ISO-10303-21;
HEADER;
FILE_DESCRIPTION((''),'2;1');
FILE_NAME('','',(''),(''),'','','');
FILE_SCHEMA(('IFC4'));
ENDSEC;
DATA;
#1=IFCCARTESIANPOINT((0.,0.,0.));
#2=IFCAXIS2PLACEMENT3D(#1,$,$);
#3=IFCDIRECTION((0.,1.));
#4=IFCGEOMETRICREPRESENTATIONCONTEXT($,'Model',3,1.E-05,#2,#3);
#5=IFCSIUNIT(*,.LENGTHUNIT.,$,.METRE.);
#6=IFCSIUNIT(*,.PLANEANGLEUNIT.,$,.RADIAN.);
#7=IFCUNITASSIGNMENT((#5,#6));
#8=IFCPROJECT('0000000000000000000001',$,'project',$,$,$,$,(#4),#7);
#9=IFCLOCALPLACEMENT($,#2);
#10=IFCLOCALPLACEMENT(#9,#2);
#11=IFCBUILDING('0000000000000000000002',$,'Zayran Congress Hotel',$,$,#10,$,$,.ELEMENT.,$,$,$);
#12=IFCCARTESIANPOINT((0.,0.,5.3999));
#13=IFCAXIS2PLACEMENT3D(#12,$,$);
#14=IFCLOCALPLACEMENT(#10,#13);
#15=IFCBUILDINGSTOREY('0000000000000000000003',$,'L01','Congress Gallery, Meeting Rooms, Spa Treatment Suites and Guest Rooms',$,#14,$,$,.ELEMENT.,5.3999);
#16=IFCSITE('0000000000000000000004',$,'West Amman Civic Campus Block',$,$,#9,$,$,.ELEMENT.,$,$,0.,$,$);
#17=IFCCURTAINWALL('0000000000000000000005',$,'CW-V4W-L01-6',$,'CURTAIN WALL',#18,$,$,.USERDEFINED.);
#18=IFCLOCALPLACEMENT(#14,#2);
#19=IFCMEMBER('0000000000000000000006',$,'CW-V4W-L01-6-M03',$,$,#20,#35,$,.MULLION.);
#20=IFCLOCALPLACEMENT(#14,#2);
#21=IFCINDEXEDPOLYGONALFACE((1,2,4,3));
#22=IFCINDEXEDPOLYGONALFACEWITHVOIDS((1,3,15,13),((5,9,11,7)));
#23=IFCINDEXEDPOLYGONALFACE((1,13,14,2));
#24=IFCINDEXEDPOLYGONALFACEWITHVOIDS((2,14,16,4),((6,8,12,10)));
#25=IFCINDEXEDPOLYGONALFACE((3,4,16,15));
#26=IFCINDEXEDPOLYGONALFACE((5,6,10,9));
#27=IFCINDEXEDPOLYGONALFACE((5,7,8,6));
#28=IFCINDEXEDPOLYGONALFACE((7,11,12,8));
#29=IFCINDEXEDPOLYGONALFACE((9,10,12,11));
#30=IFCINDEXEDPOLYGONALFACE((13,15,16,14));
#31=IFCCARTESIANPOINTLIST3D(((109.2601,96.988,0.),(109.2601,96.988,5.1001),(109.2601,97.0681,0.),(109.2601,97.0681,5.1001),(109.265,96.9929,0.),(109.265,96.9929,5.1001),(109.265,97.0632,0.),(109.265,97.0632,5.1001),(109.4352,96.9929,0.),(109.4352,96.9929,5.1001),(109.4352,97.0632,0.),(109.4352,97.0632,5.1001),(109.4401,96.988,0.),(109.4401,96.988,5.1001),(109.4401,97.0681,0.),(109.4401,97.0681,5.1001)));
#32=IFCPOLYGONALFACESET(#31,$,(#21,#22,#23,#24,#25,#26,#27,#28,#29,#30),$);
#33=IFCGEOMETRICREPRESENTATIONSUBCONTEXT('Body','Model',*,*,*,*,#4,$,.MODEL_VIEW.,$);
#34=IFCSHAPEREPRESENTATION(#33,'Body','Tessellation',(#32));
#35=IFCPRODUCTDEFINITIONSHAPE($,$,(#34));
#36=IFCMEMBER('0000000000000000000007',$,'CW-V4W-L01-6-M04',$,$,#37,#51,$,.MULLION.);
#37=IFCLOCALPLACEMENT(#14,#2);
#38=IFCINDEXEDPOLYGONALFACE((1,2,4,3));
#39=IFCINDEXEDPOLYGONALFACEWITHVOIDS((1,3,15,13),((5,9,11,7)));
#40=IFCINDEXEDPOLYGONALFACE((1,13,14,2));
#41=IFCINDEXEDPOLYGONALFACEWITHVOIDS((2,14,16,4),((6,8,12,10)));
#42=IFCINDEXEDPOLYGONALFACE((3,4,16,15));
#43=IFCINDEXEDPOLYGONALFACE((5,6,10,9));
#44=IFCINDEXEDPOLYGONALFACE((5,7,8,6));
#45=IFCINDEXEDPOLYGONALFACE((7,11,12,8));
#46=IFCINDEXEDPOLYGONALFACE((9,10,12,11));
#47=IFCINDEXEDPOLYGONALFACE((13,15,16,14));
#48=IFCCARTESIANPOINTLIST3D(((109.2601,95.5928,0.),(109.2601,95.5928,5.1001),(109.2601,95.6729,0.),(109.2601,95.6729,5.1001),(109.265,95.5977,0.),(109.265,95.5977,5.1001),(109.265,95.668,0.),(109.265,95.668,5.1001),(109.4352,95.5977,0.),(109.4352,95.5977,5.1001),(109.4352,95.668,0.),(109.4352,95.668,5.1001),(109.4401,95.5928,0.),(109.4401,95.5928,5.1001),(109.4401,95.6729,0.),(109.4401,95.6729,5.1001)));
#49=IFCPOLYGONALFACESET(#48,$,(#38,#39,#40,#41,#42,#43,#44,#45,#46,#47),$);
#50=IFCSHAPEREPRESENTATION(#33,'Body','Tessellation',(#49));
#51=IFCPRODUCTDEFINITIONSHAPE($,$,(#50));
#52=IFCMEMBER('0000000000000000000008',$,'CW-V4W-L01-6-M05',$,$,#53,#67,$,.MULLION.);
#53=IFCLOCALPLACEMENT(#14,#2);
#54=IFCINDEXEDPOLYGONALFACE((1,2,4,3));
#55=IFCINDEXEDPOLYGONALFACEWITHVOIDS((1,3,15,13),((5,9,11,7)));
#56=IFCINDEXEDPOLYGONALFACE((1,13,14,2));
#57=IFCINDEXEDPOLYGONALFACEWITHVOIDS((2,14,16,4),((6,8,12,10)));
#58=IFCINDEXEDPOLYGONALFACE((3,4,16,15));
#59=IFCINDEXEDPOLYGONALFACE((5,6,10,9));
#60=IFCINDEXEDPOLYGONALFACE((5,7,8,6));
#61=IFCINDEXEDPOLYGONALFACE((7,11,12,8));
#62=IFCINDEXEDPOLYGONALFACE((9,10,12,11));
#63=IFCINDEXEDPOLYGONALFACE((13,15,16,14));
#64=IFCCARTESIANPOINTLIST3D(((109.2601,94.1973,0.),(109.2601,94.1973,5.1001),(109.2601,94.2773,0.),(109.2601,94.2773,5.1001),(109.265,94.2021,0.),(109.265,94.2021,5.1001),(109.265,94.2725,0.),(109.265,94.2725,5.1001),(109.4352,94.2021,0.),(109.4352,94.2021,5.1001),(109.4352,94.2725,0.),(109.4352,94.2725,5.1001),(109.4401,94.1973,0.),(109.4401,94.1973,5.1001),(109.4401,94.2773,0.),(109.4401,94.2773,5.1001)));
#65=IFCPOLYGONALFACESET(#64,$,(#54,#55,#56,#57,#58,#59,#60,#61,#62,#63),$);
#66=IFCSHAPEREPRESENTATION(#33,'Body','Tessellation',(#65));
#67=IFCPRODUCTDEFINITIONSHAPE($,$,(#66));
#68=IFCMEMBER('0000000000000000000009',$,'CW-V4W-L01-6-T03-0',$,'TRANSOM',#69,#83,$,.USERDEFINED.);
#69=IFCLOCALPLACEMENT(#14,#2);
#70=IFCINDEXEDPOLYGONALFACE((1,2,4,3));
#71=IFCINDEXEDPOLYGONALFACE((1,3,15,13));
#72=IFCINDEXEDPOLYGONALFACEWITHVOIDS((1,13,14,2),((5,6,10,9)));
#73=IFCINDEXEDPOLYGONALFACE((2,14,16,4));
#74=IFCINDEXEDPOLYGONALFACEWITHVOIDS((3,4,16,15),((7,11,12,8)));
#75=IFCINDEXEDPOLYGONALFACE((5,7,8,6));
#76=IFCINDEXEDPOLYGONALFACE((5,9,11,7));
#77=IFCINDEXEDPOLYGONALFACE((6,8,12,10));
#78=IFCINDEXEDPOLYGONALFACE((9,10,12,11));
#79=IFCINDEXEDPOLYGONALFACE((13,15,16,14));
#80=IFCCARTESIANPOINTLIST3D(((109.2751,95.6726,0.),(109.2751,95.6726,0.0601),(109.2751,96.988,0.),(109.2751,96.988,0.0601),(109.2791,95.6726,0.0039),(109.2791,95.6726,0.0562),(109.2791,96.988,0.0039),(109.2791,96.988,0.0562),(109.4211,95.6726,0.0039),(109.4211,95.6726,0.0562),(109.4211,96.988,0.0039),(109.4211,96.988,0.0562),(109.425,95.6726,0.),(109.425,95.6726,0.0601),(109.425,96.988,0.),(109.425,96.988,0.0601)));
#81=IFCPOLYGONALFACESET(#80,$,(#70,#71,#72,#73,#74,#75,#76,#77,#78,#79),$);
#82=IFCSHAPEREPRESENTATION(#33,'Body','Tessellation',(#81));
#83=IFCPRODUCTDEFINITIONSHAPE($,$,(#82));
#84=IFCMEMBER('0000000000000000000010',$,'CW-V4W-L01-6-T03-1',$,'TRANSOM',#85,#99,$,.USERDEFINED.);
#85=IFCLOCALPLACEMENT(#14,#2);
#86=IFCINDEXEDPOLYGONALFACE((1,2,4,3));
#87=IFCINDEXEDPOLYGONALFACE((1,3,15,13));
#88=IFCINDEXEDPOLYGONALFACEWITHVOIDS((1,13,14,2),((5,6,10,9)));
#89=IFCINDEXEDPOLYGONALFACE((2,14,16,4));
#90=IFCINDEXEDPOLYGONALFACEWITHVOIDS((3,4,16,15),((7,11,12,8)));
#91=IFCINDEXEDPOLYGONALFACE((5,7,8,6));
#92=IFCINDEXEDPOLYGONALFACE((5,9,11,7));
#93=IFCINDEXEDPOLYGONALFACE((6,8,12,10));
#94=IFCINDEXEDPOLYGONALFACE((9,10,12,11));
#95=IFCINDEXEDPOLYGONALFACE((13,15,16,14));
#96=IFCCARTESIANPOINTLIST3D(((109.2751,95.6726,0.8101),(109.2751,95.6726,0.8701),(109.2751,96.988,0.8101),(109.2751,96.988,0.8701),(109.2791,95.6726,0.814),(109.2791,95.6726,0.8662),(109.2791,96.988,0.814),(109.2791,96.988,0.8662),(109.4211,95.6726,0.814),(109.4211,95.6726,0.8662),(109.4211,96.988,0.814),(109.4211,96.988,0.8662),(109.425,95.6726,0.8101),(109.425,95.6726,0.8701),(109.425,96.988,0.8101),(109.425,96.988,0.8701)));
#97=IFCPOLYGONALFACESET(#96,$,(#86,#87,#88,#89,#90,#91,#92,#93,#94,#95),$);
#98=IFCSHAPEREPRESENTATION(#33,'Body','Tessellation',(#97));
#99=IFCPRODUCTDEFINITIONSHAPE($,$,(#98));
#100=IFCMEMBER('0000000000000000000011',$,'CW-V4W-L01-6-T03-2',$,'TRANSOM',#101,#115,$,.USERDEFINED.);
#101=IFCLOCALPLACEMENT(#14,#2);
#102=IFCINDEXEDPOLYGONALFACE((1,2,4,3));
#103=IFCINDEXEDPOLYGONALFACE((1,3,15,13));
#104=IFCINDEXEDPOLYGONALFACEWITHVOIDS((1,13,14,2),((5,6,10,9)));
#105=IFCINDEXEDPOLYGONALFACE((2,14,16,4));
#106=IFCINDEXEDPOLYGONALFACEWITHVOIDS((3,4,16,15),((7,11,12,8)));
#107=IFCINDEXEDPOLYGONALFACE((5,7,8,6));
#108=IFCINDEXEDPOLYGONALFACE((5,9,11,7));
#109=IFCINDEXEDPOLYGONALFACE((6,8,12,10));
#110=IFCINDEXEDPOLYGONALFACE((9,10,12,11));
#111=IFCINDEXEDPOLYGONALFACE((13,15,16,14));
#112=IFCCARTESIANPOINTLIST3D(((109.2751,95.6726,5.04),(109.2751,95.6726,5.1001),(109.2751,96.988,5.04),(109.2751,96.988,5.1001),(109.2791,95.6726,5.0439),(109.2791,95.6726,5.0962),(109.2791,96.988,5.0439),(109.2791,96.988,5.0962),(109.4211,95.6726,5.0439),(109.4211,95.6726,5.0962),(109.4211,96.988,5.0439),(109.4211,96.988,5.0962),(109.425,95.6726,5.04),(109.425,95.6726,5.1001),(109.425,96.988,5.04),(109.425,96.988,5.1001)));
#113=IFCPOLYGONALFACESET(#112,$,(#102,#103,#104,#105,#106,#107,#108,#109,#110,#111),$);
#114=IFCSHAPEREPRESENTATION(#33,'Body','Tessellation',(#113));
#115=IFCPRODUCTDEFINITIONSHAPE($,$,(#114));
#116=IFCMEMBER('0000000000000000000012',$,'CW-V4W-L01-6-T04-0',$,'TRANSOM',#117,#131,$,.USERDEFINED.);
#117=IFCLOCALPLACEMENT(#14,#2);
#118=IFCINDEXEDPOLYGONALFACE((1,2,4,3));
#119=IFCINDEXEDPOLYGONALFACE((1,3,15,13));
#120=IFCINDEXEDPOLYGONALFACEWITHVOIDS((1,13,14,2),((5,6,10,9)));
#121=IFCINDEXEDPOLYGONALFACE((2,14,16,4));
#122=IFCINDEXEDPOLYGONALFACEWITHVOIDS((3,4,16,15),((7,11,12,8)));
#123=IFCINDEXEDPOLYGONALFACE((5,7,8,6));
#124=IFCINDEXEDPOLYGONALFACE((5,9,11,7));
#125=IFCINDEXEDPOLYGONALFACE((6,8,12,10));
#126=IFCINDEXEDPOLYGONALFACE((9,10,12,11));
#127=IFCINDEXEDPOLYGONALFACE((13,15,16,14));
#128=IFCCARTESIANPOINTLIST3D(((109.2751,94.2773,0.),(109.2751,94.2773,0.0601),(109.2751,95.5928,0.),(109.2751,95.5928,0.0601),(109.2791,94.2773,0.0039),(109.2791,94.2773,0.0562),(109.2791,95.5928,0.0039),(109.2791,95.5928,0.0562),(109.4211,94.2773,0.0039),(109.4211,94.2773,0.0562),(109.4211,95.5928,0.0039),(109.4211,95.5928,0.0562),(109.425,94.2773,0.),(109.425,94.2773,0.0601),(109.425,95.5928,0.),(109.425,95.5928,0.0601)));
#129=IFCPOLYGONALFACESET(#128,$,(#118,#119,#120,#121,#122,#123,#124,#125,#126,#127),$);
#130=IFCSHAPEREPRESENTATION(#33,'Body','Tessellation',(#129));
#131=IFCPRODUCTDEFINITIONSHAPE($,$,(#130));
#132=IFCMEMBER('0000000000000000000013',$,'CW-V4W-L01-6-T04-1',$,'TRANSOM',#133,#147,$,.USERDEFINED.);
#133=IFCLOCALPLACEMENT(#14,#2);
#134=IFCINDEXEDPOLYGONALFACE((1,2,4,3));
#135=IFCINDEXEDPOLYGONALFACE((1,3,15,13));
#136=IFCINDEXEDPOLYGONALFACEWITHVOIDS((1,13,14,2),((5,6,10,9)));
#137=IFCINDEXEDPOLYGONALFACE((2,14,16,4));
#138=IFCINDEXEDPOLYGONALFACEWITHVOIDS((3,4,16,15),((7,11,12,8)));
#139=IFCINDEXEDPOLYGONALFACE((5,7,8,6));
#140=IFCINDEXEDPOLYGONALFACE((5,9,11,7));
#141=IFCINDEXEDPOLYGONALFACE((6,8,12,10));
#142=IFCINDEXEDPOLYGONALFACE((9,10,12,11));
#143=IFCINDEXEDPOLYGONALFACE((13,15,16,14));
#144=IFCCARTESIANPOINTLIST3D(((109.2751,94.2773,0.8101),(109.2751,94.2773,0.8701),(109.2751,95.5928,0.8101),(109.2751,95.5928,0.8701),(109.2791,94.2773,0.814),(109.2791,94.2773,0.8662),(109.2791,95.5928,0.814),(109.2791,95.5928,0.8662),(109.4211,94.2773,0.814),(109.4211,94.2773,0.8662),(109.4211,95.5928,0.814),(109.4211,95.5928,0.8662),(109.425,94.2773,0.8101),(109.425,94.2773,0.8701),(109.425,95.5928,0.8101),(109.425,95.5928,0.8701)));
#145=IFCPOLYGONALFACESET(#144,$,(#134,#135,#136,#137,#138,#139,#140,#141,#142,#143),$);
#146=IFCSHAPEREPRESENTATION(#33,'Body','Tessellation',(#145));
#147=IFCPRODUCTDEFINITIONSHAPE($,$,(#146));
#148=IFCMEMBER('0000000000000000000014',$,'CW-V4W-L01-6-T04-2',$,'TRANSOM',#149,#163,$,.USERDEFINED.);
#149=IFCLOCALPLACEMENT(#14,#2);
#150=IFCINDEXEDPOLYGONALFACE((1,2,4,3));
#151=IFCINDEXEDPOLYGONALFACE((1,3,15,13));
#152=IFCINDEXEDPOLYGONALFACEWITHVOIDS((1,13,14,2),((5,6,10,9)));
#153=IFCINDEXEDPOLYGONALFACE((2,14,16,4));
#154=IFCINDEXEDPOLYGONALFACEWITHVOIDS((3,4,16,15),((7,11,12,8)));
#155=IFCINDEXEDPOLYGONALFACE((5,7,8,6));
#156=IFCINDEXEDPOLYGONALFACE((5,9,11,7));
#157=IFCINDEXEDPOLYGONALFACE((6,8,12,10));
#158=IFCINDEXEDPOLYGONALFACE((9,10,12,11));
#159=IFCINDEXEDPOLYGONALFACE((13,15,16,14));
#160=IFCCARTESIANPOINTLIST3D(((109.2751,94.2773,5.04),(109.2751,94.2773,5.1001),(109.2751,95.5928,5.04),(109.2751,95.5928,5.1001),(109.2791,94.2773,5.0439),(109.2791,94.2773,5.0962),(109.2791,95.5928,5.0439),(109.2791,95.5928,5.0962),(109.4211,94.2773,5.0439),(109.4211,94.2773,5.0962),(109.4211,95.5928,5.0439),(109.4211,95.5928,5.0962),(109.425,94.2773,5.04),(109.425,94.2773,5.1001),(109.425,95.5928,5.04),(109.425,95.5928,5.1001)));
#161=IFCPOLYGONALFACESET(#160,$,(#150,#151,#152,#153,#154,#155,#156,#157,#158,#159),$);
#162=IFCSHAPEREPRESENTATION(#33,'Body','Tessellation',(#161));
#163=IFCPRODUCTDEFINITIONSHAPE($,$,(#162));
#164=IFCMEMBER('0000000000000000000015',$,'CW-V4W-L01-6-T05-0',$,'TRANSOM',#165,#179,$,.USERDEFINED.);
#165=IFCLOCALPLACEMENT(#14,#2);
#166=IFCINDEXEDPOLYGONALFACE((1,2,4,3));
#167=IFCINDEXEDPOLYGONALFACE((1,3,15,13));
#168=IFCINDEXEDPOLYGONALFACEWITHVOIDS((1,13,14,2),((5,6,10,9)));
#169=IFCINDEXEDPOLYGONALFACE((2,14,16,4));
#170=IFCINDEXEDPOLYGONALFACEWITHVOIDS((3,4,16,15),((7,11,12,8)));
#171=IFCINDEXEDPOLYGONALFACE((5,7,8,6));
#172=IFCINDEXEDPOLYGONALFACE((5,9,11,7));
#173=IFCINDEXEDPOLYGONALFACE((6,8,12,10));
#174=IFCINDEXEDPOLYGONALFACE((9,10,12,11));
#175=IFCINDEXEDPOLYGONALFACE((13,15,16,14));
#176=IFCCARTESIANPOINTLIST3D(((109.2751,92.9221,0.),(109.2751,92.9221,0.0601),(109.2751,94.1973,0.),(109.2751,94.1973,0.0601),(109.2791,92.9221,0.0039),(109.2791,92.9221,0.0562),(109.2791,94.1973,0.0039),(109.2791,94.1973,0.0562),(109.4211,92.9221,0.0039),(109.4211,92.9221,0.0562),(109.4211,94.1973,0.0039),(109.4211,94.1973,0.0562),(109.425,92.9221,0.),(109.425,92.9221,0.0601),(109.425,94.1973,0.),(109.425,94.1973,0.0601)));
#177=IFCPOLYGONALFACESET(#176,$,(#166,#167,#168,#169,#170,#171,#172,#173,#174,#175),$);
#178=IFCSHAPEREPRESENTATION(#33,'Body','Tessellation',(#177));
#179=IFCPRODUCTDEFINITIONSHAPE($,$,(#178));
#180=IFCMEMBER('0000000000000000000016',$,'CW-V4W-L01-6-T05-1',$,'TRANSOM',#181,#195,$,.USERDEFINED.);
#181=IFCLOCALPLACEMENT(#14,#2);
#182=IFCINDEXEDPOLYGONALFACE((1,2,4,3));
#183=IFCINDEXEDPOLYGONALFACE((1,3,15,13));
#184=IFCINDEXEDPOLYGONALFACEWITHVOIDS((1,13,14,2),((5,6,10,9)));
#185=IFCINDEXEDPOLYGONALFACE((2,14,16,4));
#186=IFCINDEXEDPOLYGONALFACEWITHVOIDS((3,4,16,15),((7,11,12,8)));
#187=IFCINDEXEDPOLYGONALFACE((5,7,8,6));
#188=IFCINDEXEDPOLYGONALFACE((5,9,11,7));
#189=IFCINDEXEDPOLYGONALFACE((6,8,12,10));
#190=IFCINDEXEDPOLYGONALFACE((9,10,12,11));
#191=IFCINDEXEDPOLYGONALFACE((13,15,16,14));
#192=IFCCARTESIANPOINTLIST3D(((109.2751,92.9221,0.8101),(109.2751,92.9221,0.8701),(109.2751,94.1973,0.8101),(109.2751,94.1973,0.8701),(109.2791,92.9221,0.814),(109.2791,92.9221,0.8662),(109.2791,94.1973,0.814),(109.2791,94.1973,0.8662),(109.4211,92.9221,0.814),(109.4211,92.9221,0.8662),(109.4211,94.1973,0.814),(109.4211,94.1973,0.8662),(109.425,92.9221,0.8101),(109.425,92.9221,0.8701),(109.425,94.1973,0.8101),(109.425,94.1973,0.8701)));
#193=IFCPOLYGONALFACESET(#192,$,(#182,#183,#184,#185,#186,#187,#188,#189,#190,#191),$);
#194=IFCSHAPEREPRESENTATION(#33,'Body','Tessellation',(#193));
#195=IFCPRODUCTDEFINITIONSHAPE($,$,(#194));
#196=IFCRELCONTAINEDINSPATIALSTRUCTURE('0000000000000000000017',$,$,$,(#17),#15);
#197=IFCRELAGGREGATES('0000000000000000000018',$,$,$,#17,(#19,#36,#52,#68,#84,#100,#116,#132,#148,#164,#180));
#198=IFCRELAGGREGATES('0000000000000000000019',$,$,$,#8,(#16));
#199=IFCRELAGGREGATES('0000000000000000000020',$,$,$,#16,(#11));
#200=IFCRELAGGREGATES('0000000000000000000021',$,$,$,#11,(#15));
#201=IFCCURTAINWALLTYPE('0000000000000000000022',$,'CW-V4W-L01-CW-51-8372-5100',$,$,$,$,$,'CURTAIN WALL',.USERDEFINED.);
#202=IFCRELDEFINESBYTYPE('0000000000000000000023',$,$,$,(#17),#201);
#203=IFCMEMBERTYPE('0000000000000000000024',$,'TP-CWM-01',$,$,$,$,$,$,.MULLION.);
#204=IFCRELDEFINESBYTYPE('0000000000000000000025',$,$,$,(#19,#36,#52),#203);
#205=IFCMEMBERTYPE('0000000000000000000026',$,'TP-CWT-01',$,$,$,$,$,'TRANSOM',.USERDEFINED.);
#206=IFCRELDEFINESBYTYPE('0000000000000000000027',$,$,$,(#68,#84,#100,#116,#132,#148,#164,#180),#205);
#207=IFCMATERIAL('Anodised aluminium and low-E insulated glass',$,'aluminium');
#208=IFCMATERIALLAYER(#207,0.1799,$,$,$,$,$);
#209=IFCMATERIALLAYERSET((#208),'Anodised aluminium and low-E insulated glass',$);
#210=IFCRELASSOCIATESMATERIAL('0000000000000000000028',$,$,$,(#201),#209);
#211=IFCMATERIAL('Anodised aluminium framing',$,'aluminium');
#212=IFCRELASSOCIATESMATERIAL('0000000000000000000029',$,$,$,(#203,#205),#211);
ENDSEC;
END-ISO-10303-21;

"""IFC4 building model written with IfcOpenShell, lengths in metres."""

from ifc_helpers import new_model, si_unit, direction, frame, origin, origin_2d, place, context, subcontext, project, spatial, hollow_rectangle, extrude, material, layer, layer_set, material_profile, profile_set, type_object, element, aggregate, save


model = new_model("IFC4")

# Units and contexts
model_context = context("Model", 3, precision=1e-05, world=origin(), true_north=direction((0.0, 1.0)))
body_context = subcontext(model_context, "Body", "Model", "MODEL_VIEW")
ifc_project = project(units=[si_unit("LENGTHUNIT", "METRE"), si_unit("PLANEANGLEUNIT", "RADIAN")], contexts=[model_context])

# Site, building, storey
site_placement = place(None, origin())
site = spatial("IfcSite", under=ifc_project, at=site_placement, Name="West Amman Civic Campus Block", CompositionType="ELEMENT", RefElevation=0.0)
building_placement = place(site_placement, origin())
building = spatial("IfcBuilding", under=site, at=building_placement, Name="Zayran Congress Hotel", CompositionType="ELEMENT")
storey_placement = place(building_placement, frame((0.0, 0.0, 5.3999)))
storey = spatial("IfcBuildingStorey", under=building, at=storey_placement, Name="L01", Description="Congress Gallery, Meeting Rooms, Spa Treatment Suites and Guest Rooms", CompositionType="ELEMENT", Elevation=5.3999)

# Curtain wall, members
ifc_material_1 = material(Name="Anodised aluminium and low-E insulated glass", Category="aluminium")
ifc_layer_1 = layer(ifc_material_1, 0.1799)
ifc_layer_set_1 = layer_set([ifc_layer_1], Name="Anodised aluminium and low-E insulated glass")
curtain_wall_type_1 = type_object("IfcCurtainWallType", Name="CW-V4W-L01-CW-51-8372-5100", ElementType="CURTAIN WALL", PredefinedType="USERDEFINED", material=ifc_layer_set_1)
curtain_wall_1_placement = place(storey_placement, origin())
curtain_wall_1 = element("IfcCurtainWall", 1, at=curtain_wall_1_placement, inside=storey, type_object=curtain_wall_type_1, Name="CW-V4W-L01-6", ObjectType="CURTAIN WALL", PredefinedType="USERDEFINED")
ifc_material_2 = material(Name="Anodised aluminium framing", Category="aluminium")
ifc_material_profile_1 = material_profile(ifc_material_2, hollow_rectangle(XDim=0.0801, YDim=0.1799, WallThickness=0.0049, at=origin_2d()), Name="RHS 180x80x5")
ifc_profile_set_1 = profile_set([ifc_material_profile_1], Name="Anodised aluminium framing")
member_type_1 = type_object("IfcMemberType", Name="TP-CWM-01", PredefinedType="MULLION", material=ifc_profile_set_1)
member_1_placement = place(storey_placement, frame((109.3501, 97.0281, 0.0), z_axis=(0.0, 0.0, 1.0), x_axis=(0.0, 1.0, 0.0)))
member_1 = element("IfcMember", 2, at=member_1_placement, type_object=member_type_1, Name="CW-V4W-L01-6-M03", PredefinedType="MULLION", context=body_context, shape_type="SweptSolid", body=[
    extrude(hollow_rectangle(XDim=0.0801, YDim=0.1799, WallThickness=0.0049, at=origin_2d()), origin(), (0.0, 0.0, 1.0), 5.1001),
])
member_2_placement = place(storey_placement, frame((109.3501, 95.6328, 0.0), z_axis=(0.0, 0.0, 1.0), x_axis=(0.0, 1.0, 0.0)))
member_2 = element("IfcMember", 3, at=member_2_placement, type_object=member_type_1, Name="CW-V4W-L01-6-M04", PredefinedType="MULLION", context=body_context, shape_type="SweptSolid", body=[
    extrude(hollow_rectangle(XDim=0.0801, YDim=0.1799, WallThickness=0.0049, at=origin_2d()), origin(), (0.0, 0.0, 1.0), 5.1001),
])
member_3_placement = place(storey_placement, frame((109.3501, 94.2373, 0.0), z_axis=(0.0, 0.0, 1.0), x_axis=(0.0, 1.0, 0.0)))
member_3 = element("IfcMember", 4, at=member_3_placement, type_object=member_type_1, Name="CW-V4W-L01-6-M05", PredefinedType="MULLION", context=body_context, shape_type="SweptSolid", body=[
    extrude(hollow_rectangle(XDim=0.0801, YDim=0.1799, WallThickness=0.0049, at=origin_2d()), origin(), (0.0, 0.0, 1.0), 5.1001),
])
ifc_material_profile_2 = material_profile(ifc_material_2, hollow_rectangle(XDim=0.0601, YDim=0.1499, WallThickness=0.0039, at=origin_2d()), Name="RHS 150x60x4")
ifc_profile_set_2 = profile_set([ifc_material_profile_2], Name="Anodised aluminium framing")
member_type_2 = type_object("IfcMemberType", Name="TP-CWT-01", ElementType="TRANSOM", PredefinedType="USERDEFINED", material=ifc_profile_set_2)
member_4_placement = place(storey_placement, frame((109.3501, 96.988, 0.03), z_axis=(0.0, -1.0, 0.0), x_axis=(0.0, 0.0, 1.0)))
member_4 = element("IfcMember", 5, at=member_4_placement, type_object=member_type_2, Name="CW-V4W-L01-6-T03-0", ObjectType="TRANSOM", PredefinedType="USERDEFINED", context=body_context, shape_type="SweptSolid", body=[
    extrude(hollow_rectangle(XDim=0.0601, YDim=0.1499, WallThickness=0.0039, at=origin_2d()), origin(), (0.0, 0.0, 1.0), 1.3154),
])
member_5_placement = place(storey_placement, frame((109.3501, 96.988, 0.8401), z_axis=(0.0, -1.0, 0.0), x_axis=(0.0, 0.0, 1.0)))
member_5 = element("IfcMember", 6, at=member_5_placement, type_object=member_type_2, Name="CW-V4W-L01-6-T03-1", ObjectType="TRANSOM", PredefinedType="USERDEFINED", context=body_context, shape_type="SweptSolid", body=[
    extrude(hollow_rectangle(XDim=0.0601, YDim=0.1499, WallThickness=0.0039, at=origin_2d()), origin(), (0.0, 0.0, 1.0), 1.3154),
])
member_6_placement = place(storey_placement, frame((109.3501, 96.988, 5.0701), z_axis=(0.0, -1.0, 0.0), x_axis=(0.0, 0.0, 1.0)))
member_6 = element("IfcMember", 7, at=member_6_placement, type_object=member_type_2, Name="CW-V4W-L01-6-T03-2", ObjectType="TRANSOM", PredefinedType="USERDEFINED", context=body_context, shape_type="SweptSolid", body=[
    extrude(hollow_rectangle(XDim=0.0601, YDim=0.1499, WallThickness=0.0039, at=origin_2d()), origin(), (0.0, 0.0, 1.0), 1.3154),
])
member_7_placement = place(storey_placement, frame((109.3501, 95.5928, 0.03), z_axis=(0.0, -1.0, 0.0), x_axis=(0.0, 0.0, 1.0)))
member_7 = element("IfcMember", 8, at=member_7_placement, type_object=member_type_2, Name="CW-V4W-L01-6-T04-0", ObjectType="TRANSOM", PredefinedType="USERDEFINED", context=body_context, shape_type="SweptSolid", body=[
    extrude(hollow_rectangle(XDim=0.0601, YDim=0.1499, WallThickness=0.0039, at=origin_2d()), origin(), (0.0, 0.0, 1.0), 1.3154),
])
member_8_placement = place(storey_placement, frame((109.3501, 95.5928, 0.8401), z_axis=(0.0, -1.0, 0.0), x_axis=(0.0, 0.0, 1.0)))
member_8 = element("IfcMember", 9, at=member_8_placement, type_object=member_type_2, Name="CW-V4W-L01-6-T04-1", ObjectType="TRANSOM", PredefinedType="USERDEFINED", context=body_context, shape_type="SweptSolid", body=[
    extrude(hollow_rectangle(XDim=0.0601, YDim=0.1499, WallThickness=0.0039, at=origin_2d()), origin(), (0.0, 0.0, 1.0), 1.3154),
])
member_9_placement = place(storey_placement, frame((109.3501, 95.5928, 5.0701), z_axis=(0.0, -1.0, 0.0), x_axis=(0.0, 0.0, 1.0)))
member_9 = element("IfcMember", 10, at=member_9_placement, type_object=member_type_2, Name="CW-V4W-L01-6-T04-2", ObjectType="TRANSOM", PredefinedType="USERDEFINED", context=body_context, shape_type="SweptSolid", body=[
    extrude(hollow_rectangle(XDim=0.0601, YDim=0.1499, WallThickness=0.0039, at=origin_2d()), origin(), (0.0, 0.0, 1.0), 1.3154),
])
member_10_placement = place(storey_placement, frame((109.3501, 94.1973, 0.03), z_axis=(0.0, -1.0, 0.0), x_axis=(0.0, 0.0, 1.0)))
member_10 = element("IfcMember", 11, at=member_10_placement, type_object=member_type_2, Name="CW-V4W-L01-6-T05-0", ObjectType="TRANSOM", PredefinedType="USERDEFINED", context=body_context, shape_type="SweptSolid", body=[
    extrude(hollow_rectangle(XDim=0.0601, YDim=0.1499, WallThickness=0.0039, at=origin_2d()), origin(), (0.0, 0.0, 1.0), 1.2751),
])
member_11_placement = place(storey_placement, frame((109.3501, 94.1973, 0.8401), z_axis=(0.0, -1.0, 0.0), x_axis=(0.0, 0.0, 1.0)))
member_11 = element("IfcMember", 12, at=member_11_placement, type_object=member_type_2, Name="CW-V4W-L01-6-T05-1", ObjectType="TRANSOM", PredefinedType="USERDEFINED", context=body_context, shape_type="SweptSolid", body=[
    extrude(hollow_rectangle(XDim=0.0601, YDim=0.1499, WallThickness=0.0039, at=origin_2d()), origin(), (0.0, 0.0, 1.0), 1.2751),
])

aggregate(curtain_wall_1, [member_1, member_2, member_3, member_4, member_5, member_6, member_7, member_8, member_9, member_10, member_11])

save(model, "model.ifc")
